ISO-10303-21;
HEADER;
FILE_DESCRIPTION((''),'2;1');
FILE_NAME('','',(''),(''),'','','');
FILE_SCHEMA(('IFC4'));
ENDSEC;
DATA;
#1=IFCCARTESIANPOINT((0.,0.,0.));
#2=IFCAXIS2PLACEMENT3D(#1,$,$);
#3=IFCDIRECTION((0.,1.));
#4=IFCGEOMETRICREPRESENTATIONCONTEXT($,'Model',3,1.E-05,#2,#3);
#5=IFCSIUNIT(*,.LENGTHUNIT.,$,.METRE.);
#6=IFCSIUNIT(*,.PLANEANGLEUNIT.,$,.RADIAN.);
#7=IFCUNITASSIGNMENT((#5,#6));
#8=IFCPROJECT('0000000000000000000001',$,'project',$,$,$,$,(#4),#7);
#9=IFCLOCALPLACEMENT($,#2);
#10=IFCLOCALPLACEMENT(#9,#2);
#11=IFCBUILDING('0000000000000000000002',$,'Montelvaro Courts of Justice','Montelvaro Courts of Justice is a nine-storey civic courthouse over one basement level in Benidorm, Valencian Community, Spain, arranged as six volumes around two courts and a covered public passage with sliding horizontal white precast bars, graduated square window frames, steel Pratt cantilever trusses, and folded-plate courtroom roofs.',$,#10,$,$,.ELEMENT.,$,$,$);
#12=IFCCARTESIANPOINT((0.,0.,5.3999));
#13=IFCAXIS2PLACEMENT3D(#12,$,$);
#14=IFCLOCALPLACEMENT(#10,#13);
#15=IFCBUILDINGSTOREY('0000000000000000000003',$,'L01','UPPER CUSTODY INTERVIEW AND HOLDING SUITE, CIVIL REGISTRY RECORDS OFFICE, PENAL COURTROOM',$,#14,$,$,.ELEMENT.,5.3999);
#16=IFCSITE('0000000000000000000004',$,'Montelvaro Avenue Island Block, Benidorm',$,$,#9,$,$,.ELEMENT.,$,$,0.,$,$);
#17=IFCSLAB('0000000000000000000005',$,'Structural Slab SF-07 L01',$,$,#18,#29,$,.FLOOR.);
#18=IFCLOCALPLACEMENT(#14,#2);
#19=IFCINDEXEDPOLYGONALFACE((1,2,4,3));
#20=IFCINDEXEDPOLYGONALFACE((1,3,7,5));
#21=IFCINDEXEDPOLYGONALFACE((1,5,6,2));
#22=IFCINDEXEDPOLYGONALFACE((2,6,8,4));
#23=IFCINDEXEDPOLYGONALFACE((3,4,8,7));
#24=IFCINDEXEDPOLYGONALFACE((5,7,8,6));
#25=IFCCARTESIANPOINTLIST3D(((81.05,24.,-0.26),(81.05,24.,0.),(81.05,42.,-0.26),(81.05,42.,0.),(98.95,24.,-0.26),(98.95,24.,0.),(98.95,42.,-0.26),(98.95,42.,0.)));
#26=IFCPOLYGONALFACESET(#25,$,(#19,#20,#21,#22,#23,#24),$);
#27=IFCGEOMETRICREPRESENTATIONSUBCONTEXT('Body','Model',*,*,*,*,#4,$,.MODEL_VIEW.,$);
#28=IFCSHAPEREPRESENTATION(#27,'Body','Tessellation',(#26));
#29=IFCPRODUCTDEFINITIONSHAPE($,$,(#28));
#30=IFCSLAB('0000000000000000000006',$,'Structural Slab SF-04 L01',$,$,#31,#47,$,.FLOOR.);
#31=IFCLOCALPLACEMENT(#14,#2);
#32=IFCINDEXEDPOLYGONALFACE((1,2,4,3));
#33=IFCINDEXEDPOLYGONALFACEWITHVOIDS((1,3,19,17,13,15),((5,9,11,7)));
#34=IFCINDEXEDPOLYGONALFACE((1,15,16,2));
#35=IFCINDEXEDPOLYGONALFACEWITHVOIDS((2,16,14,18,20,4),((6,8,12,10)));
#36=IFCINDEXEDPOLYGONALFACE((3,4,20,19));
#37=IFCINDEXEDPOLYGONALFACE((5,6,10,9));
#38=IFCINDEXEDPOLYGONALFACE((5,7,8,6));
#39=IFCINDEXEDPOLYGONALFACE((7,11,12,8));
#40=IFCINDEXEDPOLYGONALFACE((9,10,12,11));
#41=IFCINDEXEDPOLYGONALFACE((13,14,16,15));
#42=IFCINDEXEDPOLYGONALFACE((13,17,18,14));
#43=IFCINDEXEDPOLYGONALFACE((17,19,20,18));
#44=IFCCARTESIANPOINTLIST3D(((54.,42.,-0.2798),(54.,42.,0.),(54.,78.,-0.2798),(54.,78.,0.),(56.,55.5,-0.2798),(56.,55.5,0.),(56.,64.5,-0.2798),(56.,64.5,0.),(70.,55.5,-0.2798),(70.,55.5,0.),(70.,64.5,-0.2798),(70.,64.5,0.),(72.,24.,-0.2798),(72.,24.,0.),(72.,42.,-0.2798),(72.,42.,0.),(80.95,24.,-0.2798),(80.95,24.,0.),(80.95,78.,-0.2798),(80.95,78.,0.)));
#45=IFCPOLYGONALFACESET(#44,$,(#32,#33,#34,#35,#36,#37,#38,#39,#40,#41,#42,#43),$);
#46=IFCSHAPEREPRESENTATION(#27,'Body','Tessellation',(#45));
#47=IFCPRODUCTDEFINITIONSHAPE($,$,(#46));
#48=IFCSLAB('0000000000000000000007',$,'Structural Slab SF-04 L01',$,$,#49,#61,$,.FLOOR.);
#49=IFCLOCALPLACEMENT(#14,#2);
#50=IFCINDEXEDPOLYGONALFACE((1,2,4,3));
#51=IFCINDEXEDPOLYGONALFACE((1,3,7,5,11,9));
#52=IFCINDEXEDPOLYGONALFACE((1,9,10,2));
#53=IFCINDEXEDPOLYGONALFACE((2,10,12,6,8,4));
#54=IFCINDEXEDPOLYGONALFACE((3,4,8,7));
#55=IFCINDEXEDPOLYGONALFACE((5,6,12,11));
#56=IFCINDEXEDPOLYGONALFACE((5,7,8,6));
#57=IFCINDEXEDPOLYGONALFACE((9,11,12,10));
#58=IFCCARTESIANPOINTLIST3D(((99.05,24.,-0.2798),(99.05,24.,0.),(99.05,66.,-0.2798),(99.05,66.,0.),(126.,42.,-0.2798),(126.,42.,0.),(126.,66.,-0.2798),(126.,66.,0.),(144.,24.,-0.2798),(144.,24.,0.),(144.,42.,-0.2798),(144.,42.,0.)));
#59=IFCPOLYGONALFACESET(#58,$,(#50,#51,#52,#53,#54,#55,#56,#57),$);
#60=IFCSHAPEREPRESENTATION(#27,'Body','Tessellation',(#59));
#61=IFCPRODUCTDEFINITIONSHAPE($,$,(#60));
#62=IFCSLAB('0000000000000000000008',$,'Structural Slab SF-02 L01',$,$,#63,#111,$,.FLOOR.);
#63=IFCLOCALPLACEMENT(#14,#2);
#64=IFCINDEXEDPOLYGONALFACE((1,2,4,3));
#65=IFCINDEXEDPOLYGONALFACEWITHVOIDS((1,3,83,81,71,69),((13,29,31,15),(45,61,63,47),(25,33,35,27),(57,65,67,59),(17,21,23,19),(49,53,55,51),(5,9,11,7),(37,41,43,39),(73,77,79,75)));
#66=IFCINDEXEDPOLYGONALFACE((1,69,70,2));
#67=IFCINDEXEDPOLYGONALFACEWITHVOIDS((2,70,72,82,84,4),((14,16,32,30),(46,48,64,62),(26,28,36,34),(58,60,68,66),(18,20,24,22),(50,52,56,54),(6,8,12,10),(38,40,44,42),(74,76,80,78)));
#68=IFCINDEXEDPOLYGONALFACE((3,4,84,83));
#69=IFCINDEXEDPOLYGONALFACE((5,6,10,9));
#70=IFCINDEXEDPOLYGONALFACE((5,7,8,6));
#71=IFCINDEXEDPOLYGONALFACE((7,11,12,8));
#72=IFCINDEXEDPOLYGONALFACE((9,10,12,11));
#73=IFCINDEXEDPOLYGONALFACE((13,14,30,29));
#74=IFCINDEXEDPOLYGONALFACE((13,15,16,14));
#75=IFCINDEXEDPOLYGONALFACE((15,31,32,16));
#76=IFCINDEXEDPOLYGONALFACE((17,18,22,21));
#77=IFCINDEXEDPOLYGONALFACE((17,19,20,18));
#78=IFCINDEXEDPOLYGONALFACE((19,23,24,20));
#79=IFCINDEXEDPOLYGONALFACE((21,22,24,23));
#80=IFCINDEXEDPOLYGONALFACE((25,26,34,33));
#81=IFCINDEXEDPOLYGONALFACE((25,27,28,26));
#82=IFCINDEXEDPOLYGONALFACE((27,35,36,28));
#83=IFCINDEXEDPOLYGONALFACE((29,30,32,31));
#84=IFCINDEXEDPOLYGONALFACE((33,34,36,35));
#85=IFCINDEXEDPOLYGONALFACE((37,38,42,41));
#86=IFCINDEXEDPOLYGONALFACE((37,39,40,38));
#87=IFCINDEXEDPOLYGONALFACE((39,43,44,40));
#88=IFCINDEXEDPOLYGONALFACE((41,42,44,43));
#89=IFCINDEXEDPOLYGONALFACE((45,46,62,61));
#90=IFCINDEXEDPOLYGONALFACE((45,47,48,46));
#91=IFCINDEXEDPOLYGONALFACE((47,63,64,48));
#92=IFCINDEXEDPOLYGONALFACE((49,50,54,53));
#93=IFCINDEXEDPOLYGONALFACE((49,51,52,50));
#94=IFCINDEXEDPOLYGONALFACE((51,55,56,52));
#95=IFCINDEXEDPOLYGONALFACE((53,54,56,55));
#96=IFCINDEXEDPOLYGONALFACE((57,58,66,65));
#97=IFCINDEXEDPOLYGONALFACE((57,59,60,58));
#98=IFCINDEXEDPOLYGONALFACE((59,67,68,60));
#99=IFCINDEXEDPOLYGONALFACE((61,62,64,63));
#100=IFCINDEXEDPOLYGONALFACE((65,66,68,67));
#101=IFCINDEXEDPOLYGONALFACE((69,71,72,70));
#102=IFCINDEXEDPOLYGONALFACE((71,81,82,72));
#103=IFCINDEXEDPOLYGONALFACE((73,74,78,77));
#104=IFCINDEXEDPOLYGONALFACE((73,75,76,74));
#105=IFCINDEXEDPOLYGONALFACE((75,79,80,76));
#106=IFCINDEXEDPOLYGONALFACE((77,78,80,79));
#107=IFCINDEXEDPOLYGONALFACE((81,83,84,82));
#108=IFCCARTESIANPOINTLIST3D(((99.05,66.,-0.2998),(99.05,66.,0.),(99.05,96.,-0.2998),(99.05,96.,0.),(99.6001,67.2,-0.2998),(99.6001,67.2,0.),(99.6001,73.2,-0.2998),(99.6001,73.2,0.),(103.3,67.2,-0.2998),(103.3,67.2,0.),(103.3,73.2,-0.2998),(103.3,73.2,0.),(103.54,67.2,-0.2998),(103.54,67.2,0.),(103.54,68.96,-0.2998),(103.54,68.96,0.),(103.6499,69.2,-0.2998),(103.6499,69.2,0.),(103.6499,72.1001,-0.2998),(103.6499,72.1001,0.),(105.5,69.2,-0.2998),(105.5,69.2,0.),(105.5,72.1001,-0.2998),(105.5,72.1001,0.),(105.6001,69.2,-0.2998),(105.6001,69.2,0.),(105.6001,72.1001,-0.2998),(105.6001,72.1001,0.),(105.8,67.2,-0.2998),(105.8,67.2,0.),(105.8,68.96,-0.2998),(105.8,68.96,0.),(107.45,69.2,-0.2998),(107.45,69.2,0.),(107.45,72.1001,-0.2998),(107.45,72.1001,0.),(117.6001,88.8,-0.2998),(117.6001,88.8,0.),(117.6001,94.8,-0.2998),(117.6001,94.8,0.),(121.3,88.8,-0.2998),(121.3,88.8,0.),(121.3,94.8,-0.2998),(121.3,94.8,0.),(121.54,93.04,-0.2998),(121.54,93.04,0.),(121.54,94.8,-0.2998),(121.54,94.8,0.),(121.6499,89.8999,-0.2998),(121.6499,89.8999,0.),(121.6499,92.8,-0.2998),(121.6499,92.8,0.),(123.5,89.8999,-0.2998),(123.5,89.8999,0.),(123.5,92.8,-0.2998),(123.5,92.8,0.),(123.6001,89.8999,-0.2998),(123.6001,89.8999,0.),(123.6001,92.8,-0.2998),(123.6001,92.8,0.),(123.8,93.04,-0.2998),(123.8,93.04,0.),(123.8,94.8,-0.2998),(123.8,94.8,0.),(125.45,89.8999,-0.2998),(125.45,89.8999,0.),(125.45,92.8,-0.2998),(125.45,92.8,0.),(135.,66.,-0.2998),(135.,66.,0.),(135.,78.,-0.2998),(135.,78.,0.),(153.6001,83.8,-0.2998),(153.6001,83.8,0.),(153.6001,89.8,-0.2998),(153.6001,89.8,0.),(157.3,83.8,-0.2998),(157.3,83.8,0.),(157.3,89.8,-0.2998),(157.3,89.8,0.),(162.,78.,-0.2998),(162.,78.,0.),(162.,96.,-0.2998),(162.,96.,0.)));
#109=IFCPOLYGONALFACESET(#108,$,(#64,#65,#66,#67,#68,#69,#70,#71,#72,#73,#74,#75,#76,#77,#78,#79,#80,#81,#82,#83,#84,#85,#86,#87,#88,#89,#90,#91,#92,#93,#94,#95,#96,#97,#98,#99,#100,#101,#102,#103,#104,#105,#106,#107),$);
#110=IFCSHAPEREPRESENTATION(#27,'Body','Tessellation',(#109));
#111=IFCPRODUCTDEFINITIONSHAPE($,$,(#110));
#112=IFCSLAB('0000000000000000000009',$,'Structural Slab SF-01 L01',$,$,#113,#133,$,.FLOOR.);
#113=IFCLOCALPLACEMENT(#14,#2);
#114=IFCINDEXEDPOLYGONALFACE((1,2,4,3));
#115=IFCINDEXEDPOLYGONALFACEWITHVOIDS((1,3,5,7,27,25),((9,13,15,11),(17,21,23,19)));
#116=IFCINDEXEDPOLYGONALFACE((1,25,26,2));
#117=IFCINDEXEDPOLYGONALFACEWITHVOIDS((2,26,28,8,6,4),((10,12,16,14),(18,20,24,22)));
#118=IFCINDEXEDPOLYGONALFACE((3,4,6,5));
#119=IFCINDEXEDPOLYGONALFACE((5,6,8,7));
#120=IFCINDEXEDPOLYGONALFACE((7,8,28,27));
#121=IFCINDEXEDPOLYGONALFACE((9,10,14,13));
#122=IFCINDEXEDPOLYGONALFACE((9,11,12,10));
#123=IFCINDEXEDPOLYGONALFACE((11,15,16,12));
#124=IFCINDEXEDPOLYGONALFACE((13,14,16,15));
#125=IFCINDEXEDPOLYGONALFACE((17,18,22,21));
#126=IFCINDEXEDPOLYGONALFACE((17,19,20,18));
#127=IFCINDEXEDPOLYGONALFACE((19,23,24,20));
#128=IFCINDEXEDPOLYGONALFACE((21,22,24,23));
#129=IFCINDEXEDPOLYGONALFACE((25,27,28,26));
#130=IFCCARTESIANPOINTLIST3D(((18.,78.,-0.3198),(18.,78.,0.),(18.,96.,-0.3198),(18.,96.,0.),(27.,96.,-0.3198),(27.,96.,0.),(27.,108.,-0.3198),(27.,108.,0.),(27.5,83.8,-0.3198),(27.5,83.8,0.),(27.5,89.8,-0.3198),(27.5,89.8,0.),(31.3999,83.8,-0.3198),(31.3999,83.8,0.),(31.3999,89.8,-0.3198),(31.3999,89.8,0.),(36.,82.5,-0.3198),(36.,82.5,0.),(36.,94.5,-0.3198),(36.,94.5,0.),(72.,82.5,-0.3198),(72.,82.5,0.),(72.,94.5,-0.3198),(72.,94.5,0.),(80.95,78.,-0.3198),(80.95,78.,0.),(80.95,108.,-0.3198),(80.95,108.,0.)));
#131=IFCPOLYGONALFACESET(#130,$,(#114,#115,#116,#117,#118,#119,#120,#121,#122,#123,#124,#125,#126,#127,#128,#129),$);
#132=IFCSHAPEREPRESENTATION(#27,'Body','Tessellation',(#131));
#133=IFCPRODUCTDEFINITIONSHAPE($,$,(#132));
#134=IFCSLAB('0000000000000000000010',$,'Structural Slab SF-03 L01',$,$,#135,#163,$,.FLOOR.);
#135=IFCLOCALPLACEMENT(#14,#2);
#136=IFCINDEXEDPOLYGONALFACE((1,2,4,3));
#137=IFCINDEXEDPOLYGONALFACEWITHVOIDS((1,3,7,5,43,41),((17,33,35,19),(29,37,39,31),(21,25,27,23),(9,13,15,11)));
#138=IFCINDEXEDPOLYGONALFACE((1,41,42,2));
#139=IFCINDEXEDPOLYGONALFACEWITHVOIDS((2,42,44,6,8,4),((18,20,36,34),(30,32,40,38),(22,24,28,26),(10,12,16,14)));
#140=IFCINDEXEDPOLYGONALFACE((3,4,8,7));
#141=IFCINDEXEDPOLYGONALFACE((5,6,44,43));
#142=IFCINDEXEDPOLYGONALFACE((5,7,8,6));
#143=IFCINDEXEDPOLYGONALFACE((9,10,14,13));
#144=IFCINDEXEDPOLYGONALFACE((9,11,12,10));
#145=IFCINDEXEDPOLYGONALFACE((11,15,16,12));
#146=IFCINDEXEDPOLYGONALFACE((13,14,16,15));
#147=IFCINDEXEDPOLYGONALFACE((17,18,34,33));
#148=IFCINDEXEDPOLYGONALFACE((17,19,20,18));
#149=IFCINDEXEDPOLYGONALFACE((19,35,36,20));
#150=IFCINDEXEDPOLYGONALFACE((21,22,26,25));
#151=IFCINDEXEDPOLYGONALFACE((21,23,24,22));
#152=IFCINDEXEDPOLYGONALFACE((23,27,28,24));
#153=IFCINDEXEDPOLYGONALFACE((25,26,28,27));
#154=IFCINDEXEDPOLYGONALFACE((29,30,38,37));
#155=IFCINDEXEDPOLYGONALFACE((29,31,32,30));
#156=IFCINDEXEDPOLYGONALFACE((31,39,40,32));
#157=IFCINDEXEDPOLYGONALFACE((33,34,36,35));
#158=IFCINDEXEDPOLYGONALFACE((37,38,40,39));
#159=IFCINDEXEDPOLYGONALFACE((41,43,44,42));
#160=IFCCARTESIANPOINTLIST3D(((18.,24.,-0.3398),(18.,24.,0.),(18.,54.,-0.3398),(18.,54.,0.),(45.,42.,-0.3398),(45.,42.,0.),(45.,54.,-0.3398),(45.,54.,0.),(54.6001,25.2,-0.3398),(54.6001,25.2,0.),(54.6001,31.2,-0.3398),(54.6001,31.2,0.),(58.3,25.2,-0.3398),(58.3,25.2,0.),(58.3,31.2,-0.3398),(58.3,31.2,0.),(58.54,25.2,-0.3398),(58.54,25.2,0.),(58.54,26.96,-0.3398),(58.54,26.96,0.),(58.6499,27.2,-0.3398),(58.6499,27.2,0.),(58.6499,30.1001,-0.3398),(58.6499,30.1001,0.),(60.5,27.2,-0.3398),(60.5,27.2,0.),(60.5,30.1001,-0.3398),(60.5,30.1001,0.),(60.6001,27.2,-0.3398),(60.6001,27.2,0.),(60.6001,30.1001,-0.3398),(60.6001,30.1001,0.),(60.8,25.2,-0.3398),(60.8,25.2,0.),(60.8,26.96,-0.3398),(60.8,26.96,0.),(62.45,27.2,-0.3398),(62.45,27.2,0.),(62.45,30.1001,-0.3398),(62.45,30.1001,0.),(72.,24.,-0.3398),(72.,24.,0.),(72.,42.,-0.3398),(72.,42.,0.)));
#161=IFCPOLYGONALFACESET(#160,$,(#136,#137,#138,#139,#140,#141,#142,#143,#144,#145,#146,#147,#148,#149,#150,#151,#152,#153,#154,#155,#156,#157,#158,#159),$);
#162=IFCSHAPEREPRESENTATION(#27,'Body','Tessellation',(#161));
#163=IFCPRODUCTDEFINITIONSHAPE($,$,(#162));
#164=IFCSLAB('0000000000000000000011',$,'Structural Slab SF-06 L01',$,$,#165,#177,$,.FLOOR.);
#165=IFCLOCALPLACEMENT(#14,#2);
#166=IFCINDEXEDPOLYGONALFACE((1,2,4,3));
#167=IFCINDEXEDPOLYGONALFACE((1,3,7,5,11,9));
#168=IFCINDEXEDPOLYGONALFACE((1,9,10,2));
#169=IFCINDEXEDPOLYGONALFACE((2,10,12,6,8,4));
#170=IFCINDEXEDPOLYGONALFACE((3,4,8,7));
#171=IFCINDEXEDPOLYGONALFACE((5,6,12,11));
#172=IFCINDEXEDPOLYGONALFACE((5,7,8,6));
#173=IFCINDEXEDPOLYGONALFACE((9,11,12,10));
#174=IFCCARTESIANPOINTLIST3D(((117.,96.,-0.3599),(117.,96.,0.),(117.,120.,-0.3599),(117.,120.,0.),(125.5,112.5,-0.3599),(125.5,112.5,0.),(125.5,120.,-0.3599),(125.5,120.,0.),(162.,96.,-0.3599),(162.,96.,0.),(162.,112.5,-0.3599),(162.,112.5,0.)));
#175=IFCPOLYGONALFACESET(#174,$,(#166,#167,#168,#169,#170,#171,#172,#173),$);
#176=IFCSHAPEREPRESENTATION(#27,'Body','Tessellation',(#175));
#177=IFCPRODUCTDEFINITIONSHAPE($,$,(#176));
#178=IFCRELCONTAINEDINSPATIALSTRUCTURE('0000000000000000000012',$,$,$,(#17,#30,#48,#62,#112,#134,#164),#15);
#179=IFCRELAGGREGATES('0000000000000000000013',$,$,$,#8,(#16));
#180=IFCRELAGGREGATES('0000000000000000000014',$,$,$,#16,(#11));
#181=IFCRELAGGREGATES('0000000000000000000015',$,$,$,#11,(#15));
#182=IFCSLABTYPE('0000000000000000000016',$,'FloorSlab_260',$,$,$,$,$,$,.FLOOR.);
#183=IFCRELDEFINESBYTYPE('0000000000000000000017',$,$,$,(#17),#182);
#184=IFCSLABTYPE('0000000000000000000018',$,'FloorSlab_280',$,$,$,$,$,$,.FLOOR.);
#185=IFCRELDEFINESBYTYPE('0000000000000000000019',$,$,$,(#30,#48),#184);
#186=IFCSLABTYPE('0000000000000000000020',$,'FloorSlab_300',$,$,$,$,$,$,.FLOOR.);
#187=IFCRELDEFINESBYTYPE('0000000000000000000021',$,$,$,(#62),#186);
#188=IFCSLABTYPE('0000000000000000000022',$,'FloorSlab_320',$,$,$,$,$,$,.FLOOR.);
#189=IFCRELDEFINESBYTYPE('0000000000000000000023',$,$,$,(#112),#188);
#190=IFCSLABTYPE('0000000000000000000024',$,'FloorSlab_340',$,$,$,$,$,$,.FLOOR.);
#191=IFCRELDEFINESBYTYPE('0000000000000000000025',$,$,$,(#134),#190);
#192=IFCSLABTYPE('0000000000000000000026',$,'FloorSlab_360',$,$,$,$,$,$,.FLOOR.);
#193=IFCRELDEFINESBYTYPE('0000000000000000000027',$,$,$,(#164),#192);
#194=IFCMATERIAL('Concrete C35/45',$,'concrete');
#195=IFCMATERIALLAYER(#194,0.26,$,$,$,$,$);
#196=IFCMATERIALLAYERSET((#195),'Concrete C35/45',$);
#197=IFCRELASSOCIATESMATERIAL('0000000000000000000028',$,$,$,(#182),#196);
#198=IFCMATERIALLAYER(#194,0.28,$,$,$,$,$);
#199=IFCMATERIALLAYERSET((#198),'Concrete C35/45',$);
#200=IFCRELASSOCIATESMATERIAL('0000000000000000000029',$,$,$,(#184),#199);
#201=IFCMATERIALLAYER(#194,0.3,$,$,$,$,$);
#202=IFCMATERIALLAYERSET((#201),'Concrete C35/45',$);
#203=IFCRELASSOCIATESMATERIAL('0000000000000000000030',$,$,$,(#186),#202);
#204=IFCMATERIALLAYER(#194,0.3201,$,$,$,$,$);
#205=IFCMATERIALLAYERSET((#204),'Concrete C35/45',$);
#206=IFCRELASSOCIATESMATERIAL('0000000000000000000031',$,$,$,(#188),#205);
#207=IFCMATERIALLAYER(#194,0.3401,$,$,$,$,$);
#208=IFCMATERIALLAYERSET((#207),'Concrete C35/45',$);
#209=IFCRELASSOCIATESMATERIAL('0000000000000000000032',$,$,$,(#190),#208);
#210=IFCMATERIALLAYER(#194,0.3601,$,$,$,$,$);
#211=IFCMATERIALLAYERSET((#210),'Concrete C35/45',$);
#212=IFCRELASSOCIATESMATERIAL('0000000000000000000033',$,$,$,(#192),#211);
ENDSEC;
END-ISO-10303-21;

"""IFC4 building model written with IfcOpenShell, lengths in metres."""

from ifc_helpers import new_model, si_unit, direction, frame, origin, place, context, subcontext, project, spatial, polyline, outline, extrude, material, layer, layer_set, type_object, element, save


model = new_model("IFC4")

# Units and contexts
model_context = context("Model", 3, precision=1e-05, world=origin(), true_north=direction((0.0, 1.0)))
body_context = subcontext(model_context, "Body", "Model", "MODEL_VIEW")
ifc_project = project(units=[si_unit("LENGTHUNIT", "METRE"), si_unit("PLANEANGLEUNIT", "RADIAN")], contexts=[model_context])

# Site, building, storey
site_placement = place(None, origin())
site = spatial("IfcSite", under=ifc_project, at=site_placement, Name="Montelvaro Avenue Island Block, Benidorm", CompositionType="ELEMENT", RefElevation=0.0)
building_placement = place(site_placement, origin())
building = spatial("IfcBuilding", under=site, at=building_placement, Name="Montelvaro Courts of Justice", Description="Montelvaro Courts of Justice is a nine-storey civic courthouse over one basement level in Benidorm, Valencian Community, Spain, arranged as six volumes around two courts and a covered public passage with sliding horizontal white precast bars, graduated square window frames, steel Pratt cantilever trusses, and folded-plate courtroom roofs.", CompositionType="ELEMENT")
storey_placement = place(building_placement, frame((0.0, 0.0, 5.3999)))
storey = spatial("IfcBuildingStorey", under=building, at=storey_placement, Name="L01", Description="UPPER CUSTODY INTERVIEW AND HOLDING SUITE, CIVIL REGISTRY RECORDS OFFICE, PENAL COURTROOM", CompositionType="ELEMENT", Elevation=5.3999)

# Slabs
ifc_material_1 = material(Name="Concrete C35/45", Category="concrete")
ifc_layer_1 = layer(ifc_material_1, 0.26)
ifc_layer_set_1 = layer_set([ifc_layer_1], Name="Concrete C35/45")
slab_type_1 = type_object("IfcSlabType", Name="FloorSlab_260", PredefinedType="FLOOR", material=ifc_layer_set_1)
slab_1_placement = place(storey_placement, frame((0.0, 0.0, -0.26)))
element("IfcSlab", 1, at=slab_1_placement, inside=storey, type_object=slab_type_1, Name="Structural Slab SF-07 L01", PredefinedType="FLOOR", context=body_context, shape_type="SweptSolid", body=[
    extrude(outline(polyline([(81.05, 24.0), (98.95, 24.0), (98.95, 42.0), (81.05, 42.0), (81.05, 24.0)])), origin(), (0.0, 0.0, 1.0), 0.26),
])
ifc_layer_2 = layer(ifc_material_1, 0.28)
ifc_layer_set_2 = layer_set([ifc_layer_2], Name="Concrete C35/45")
slab_type_2 = type_object("IfcSlabType", Name="FloorSlab_280", PredefinedType="FLOOR", material=ifc_layer_set_2)
slab_2_placement = place(storey_placement, frame((0.0, 0.0, -0.2798)))
element("IfcSlab", 2, at=slab_2_placement, inside=storey, type_object=slab_type_2, Name="Structural Slab SF-04 L01", PredefinedType="FLOOR", context=body_context, shape_type="SweptSolid", body=[
    extrude(outline(polyline([(72.0, 24.0), (80.95, 24.0), (80.95, 78.0), (54.0, 78.0), (54.0, 42.0), (72.0, 42.0), (72.0, 24.0)]), holes=[polyline([(56.0, 55.5), (70.0, 55.5), (70.0, 64.5), (56.0, 64.5), (56.0, 55.5)])]), origin(), (0.0, 0.0, 1.0), 0.2798),
])
slab_3_placement = place(storey_placement, frame((0.0, 0.0, -0.2798)))
element("IfcSlab", 3, at=slab_3_placement, inside=storey, type_object=slab_type_2, Name="Structural Slab SF-04 L01", PredefinedType="FLOOR", context=body_context, shape_type="SweptSolid", body=[
    extrude(outline(polyline([(99.05, 24.0), (144.0, 24.0), (144.0, 42.0), (126.0, 42.0), (126.0, 66.0), (99.05, 66.0), (99.05, 24.0)])), origin(), (0.0, 0.0, 1.0), 0.2798),
])
ifc_layer_3 = layer(ifc_material_1, 0.3)
ifc_layer_set_3 = layer_set([ifc_layer_3], Name="Concrete C35/45")
slab_type_3 = type_object("IfcSlabType", Name="FloorSlab_300", PredefinedType="FLOOR", material=ifc_layer_set_3)
slab_4_placement = place(storey_placement, frame((0.0, 0.0, -0.2998)))
element("IfcSlab", 4, at=slab_4_placement, inside=storey, type_object=slab_type_3, Name="Structural Slab SF-02 L01", PredefinedType="FLOOR", context=body_context, shape_type="SweptSolid", body=[
    extrude(outline(polyline([(99.05, 66.0), (135.0, 66.0), (135.0, 78.0), (162.0, 78.0), (162.0, 96.0), (99.05, 96.0), (99.05, 66.0)]), holes=[polyline([(117.6001, 88.8), (121.3, 88.8), (121.3, 94.8), (117.6001, 94.8), (117.6001, 88.8)]), polyline([(121.54, 93.04), (123.8, 93.04), (123.8, 94.8), (121.54, 94.8), (121.54, 93.04)]), polyline([(121.6499, 89.8999), (123.5, 89.8999), (123.5, 92.8), (121.6499, 92.8), (121.6499, 89.8999)]), polyline([(123.6001, 89.8999), (125.45, 89.8999), (125.45, 92.8), (123.6001, 92.8), (123.6001, 89.8999)]), polyline([(99.6001, 67.2), (103.3, 67.2), (103.3, 73.2), (99.6001, 73.2), (99.6001, 67.2)]), polyline([(103.54, 67.2), (105.8, 67.2), (105.8, 68.96), (103.54, 68.96), (103.54, 67.2)]), polyline([(103.6499, 69.2), (105.5, 69.2), (105.5, 72.1001), (103.6499, 72.1001), (103.6499, 69.2)]), polyline([(105.6001, 69.2), (107.45, 69.2), (107.45, 72.1001), (105.6001, 72.1001), (105.6001, 69.2)]), polyline([(153.6001, 83.8), (157.3, 83.8), (157.3, 89.8), (153.6001, 89.8), (153.6001, 83.8)])]), origin(), (0.0, 0.0, 1.0), 0.2998),
])
ifc_layer_4 = layer(ifc_material_1, 0.3201)
ifc_layer_set_4 = layer_set([ifc_layer_4], Name="Concrete C35/45")
slab_type_4 = type_object("IfcSlabType", Name="FloorSlab_320", PredefinedType="FLOOR", material=ifc_layer_set_4)
slab_5_placement = place(storey_placement, frame((0.0, 0.0, -0.3198)))
element("IfcSlab", 5, at=slab_5_placement, inside=storey, type_object=slab_type_4, Name="Structural Slab SF-01 L01", PredefinedType="FLOOR", context=body_context, shape_type="SweptSolid", body=[
    extrude(outline(polyline([(18.0, 78.0), (80.95, 78.0), (80.95, 108.0), (27.0, 108.0), (27.0, 96.0), (18.0, 96.0), (18.0, 78.0)]), holes=[polyline([(27.5, 83.8), (31.3999, 83.8), (31.3999, 89.8), (27.5, 89.8), (27.5, 83.8)]), polyline([(36.0, 82.5), (72.0, 82.5), (72.0, 94.5), (36.0, 94.5), (36.0, 82.5)])]), origin(), (0.0, 0.0, 1.0), 0.3198),
])
ifc_layer_5 = layer(ifc_material_1, 0.3401)
ifc_layer_set_5 = layer_set([ifc_layer_5], Name="Concrete C35/45")
slab_type_5 = type_object("IfcSlabType", Name="FloorSlab_340", PredefinedType="FLOOR", material=ifc_layer_set_5)
slab_6_placement = place(storey_placement, frame((0.0, 0.0, -0.3398)))
element("IfcSlab", 6, at=slab_6_placement, inside=storey, type_object=slab_type_5, Name="Structural Slab SF-03 L01", PredefinedType="FLOOR", context=body_context, shape_type="SweptSolid", body=[
    extrude(outline(polyline([(18.0, 24.0), (72.0, 24.0), (72.0, 42.0), (45.0, 42.0), (45.0, 54.0), (18.0, 54.0), (18.0, 24.0)]), holes=[polyline([(54.6001, 25.2), (58.3, 25.2), (58.3, 31.2), (54.6001, 31.2), (54.6001, 25.2)]), polyline([(58.54, 25.2), (60.8, 25.2), (60.8, 26.96), (58.54, 26.96), (58.54, 25.2)]), polyline([(58.6499, 27.2), (60.5, 27.2), (60.5, 30.1001), (58.6499, 30.1001), (58.6499, 27.2)]), polyline([(60.6001, 27.2), (62.45, 27.2), (62.45, 30.1001), (60.6001, 30.1001), (60.6001, 27.2)])]), origin(), (0.0, 0.0, 1.0), 0.3398),
])
ifc_layer_6 = layer(ifc_material_1, 0.3601)
ifc_layer_set_6 = layer_set([ifc_layer_6], Name="Concrete C35/45")
slab_type_6 = type_object("IfcSlabType", Name="FloorSlab_360", PredefinedType="FLOOR", material=ifc_layer_set_6)
slab_7_placement = place(storey_placement, frame((0.0, 0.0, -0.3599)))
element("IfcSlab", 7, at=slab_7_placement, inside=storey, type_object=slab_type_6, Name="Structural Slab SF-06 L01", PredefinedType="FLOOR", context=body_context, shape_type="SweptSolid", body=[
    extrude(outline(polyline([(117.0, 96.0), (162.0, 96.0), (162.0, 112.5), (125.5, 112.5), (125.5, 120.0), (117.0, 120.0), (117.0, 96.0)])), origin(), (0.0, 0.0, 1.0), 0.3599),
])

save(model, "model.ifc")
